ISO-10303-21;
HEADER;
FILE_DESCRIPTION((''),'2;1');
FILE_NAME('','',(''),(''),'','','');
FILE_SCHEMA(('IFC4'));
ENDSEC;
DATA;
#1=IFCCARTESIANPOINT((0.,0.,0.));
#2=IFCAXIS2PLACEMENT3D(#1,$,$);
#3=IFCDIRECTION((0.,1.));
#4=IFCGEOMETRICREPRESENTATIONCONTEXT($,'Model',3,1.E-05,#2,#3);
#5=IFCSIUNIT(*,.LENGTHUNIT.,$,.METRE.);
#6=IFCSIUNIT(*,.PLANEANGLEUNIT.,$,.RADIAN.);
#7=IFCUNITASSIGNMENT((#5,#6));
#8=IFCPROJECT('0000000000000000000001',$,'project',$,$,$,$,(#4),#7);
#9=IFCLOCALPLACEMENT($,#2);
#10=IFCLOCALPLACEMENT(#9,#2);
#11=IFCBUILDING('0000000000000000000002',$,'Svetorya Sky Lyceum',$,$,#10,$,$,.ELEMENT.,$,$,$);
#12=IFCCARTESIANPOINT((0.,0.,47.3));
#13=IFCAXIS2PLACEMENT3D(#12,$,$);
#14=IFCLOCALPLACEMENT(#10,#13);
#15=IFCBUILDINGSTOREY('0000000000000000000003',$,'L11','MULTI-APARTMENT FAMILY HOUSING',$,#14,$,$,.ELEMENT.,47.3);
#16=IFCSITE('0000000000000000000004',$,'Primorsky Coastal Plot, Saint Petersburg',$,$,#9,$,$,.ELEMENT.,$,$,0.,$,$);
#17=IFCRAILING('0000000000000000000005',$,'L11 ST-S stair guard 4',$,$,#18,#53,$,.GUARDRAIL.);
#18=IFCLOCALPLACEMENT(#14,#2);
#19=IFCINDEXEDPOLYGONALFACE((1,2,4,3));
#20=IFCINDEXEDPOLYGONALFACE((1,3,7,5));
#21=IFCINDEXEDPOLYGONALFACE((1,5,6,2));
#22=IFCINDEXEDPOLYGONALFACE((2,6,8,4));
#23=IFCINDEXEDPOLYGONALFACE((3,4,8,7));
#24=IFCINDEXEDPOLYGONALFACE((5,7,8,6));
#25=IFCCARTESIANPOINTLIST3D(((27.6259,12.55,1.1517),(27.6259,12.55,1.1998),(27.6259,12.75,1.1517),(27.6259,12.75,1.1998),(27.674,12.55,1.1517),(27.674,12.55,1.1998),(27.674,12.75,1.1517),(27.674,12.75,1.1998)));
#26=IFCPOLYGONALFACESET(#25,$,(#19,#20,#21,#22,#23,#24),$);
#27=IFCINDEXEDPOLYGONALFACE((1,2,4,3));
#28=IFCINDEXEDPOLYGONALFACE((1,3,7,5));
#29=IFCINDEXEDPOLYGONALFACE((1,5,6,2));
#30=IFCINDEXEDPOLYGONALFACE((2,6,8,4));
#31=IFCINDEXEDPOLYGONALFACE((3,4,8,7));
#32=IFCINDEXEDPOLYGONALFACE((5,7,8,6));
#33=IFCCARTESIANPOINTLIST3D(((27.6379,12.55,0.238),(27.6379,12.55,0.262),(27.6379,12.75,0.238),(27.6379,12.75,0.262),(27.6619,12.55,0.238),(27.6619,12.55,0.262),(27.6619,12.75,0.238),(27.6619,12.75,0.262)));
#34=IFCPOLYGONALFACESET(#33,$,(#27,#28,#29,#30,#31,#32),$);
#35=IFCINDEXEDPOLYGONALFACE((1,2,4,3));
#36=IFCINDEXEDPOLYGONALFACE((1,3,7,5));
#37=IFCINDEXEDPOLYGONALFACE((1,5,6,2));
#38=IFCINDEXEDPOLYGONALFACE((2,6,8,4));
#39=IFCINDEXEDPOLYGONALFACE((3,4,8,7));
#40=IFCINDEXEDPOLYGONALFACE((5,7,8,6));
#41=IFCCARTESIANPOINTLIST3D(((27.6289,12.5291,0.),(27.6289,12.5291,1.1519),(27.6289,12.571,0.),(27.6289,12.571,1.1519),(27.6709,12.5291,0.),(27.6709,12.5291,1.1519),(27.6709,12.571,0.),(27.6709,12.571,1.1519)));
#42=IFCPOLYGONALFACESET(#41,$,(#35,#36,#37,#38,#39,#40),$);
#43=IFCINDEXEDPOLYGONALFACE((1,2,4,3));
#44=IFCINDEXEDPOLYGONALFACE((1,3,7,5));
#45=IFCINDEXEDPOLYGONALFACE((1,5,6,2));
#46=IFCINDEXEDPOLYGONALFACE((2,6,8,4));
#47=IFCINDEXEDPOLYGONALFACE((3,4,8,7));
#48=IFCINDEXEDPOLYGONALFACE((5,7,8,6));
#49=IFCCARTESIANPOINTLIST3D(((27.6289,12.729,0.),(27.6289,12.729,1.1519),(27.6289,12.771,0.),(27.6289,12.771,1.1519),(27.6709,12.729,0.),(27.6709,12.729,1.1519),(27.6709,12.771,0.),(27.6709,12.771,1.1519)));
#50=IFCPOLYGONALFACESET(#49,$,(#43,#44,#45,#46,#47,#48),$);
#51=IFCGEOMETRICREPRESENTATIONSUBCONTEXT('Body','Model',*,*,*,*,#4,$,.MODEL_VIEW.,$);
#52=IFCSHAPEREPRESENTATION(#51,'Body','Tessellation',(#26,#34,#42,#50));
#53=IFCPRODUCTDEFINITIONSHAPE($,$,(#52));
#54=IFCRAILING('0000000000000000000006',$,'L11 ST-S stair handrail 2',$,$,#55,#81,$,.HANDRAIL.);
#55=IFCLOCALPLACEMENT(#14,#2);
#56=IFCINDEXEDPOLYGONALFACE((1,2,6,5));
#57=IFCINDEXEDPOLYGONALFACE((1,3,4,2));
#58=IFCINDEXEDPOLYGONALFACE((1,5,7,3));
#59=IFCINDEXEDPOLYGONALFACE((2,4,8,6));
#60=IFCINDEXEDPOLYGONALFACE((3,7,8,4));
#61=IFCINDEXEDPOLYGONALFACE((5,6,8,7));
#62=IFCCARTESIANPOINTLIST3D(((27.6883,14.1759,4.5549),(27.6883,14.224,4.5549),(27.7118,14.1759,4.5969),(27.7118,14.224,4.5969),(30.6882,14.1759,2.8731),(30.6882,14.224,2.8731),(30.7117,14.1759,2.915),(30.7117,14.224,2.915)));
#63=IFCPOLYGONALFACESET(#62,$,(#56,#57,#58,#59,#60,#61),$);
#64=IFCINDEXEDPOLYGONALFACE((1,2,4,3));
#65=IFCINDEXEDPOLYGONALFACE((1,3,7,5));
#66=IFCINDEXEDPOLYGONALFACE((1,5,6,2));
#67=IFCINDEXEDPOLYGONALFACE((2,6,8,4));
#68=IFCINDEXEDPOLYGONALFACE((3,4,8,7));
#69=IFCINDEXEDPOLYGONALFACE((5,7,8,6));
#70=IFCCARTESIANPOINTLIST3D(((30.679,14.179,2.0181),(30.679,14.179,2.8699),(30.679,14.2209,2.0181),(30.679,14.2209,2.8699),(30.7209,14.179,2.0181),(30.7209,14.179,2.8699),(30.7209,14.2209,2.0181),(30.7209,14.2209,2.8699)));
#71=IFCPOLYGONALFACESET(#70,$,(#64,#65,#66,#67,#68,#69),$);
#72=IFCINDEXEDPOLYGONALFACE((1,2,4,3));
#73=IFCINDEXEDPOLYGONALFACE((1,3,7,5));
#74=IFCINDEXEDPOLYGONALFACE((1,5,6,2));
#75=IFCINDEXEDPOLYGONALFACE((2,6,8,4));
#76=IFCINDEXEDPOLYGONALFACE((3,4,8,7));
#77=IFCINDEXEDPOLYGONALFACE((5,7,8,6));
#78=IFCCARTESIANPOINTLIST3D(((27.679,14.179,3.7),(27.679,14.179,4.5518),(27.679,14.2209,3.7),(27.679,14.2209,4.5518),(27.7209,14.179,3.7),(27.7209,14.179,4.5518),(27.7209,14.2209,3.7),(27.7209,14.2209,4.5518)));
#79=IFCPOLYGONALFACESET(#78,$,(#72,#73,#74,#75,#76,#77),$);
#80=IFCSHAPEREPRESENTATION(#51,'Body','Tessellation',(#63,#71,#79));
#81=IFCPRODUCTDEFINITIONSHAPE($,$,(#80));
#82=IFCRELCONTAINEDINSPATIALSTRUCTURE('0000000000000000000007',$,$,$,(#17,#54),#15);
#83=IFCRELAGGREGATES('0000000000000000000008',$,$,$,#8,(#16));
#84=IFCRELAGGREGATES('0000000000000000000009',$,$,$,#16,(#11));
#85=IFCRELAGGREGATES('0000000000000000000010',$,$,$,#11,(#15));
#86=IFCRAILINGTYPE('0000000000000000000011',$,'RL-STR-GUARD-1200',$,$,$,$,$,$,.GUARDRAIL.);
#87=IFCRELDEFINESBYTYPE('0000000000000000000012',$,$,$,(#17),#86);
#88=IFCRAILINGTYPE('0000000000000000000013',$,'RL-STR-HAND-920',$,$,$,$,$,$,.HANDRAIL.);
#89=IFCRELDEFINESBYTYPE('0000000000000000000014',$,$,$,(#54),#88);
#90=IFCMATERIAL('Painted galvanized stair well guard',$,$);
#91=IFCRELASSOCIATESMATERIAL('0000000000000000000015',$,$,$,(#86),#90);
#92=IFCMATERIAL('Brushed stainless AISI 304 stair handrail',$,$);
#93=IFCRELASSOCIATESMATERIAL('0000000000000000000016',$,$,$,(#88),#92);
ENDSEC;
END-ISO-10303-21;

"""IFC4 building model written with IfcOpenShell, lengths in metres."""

from ifc_helpers import new_model, si_unit, direction, frame, origin, origin_2d, place, context, subcontext, project, spatial, rectangle, extrude, material, type_object, element, save


model = new_model("IFC4")

# Units and contexts
model_context = context("Model", 3, precision=1e-05, world=origin(), true_north=direction((0.0, 1.0)))
body_context = subcontext(model_context, "Body", "Model", "MODEL_VIEW")
ifc_project = project(units=[si_unit("LENGTHUNIT", "METRE"), si_unit("PLANEANGLEUNIT", "RADIAN")], contexts=[model_context])

# Site, building, storey
site_placement = place(None, origin())
site = spatial("IfcSite", under=ifc_project, at=site_placement, Name="Primorsky Coastal Plot, Saint Petersburg", CompositionType="ELEMENT", RefElevation=0.0)
building_placement = place(site_placement, origin())
building = spatial("IfcBuilding", under=site, at=building_placement, Name="Svetorya Sky Lyceum", CompositionType="ELEMENT")
storey_placement = place(building_placement, frame((0.0, 0.0, 47.3)))
storey = spatial("IfcBuildingStorey", under=building, at=storey_placement, Name="L11", Description="MULTI-APARTMENT FAMILY HOUSING", CompositionType="ELEMENT", Elevation=47.3)

# Railings
ifc_material_1 = material(Name="Painted galvanized stair well guard")
railing_type_1 = type_object("IfcRailingType", Name="RL-STR-GUARD-1200", PredefinedType="GUARDRAIL", material=ifc_material_1)
railing_1_placement = place(storey_placement, frame((27.6499, 12.55, 0.0)))
element("IfcRailing", 1, at=railing_1_placement, inside=storey, type_object=railing_type_1, Name="L11 ST-S stair guard 4", PredefinedType="GUARDRAIL", context=body_context, shape_type="SweptSolid", body=[
    extrude(rectangle(XDim=0.0481, YDim=0.0481, at=origin_2d()), frame((0.0, 0.0, 1.1758), z_axis=(0.0, 1.0, 0.0), x_axis=(-1.0, 0.0, 0.0)), (0.0, 0.0, 1.0), 0.2),
    extrude(rectangle(XDim=0.0239, YDim=0.0239, at=origin_2d()), frame((0.0, 0.0, 0.25), z_axis=(0.0, 1.0, 0.0), x_axis=(-1.0, 0.0, 0.0)), (0.0, 0.0, 1.0), 0.2),
    extrude(rectangle(XDim=0.042, YDim=0.042, at=origin_2d()), origin(), (0.0, 0.0, 1.0), 1.1519),
    extrude(rectangle(XDim=0.042, YDim=0.042, at=origin_2d()), frame((0.0, 0.2, 0.0)), (0.0, 0.0, 1.0), 1.1519),
])
ifc_material_2 = material(Name="Brushed stainless AISI 304 stair handrail")
railing_type_2 = type_object("IfcRailingType", Name="RL-STR-HAND-920", PredefinedType="HANDRAIL", material=ifc_material_2)
railing_2_placement = place(storey_placement, frame((30.7, 14.2, 2.0181)))
element("IfcRailing", 2, at=railing_2_placement, inside=storey, type_object=railing_type_2, Name="L11 ST-S stair handrail 2", PredefinedType="HANDRAIL", context=body_context, shape_type="SweptSolid", body=[
    extrude(rectangle(XDim=0.0481, YDim=0.0481, at=origin_2d()), frame((0.0, 0.0, 0.876), z_axis=(-0.872272, 0.0, 0.48902), x_axis=(0.0, -1.0, 0.0)), (0.0, 0.0, 1.0), 3.4392),
    extrude(rectangle(XDim=0.042, YDim=0.042, at=origin_2d()), origin(), (0.0, 0.0, 1.0), 0.8518),
    extrude(rectangle(XDim=0.042, YDim=0.042, at=origin_2d()), frame((-3.0, 0.0, 1.6819)), (0.0, 0.0, 1.0), 0.8518),
])

save(model, "model.ifc")
